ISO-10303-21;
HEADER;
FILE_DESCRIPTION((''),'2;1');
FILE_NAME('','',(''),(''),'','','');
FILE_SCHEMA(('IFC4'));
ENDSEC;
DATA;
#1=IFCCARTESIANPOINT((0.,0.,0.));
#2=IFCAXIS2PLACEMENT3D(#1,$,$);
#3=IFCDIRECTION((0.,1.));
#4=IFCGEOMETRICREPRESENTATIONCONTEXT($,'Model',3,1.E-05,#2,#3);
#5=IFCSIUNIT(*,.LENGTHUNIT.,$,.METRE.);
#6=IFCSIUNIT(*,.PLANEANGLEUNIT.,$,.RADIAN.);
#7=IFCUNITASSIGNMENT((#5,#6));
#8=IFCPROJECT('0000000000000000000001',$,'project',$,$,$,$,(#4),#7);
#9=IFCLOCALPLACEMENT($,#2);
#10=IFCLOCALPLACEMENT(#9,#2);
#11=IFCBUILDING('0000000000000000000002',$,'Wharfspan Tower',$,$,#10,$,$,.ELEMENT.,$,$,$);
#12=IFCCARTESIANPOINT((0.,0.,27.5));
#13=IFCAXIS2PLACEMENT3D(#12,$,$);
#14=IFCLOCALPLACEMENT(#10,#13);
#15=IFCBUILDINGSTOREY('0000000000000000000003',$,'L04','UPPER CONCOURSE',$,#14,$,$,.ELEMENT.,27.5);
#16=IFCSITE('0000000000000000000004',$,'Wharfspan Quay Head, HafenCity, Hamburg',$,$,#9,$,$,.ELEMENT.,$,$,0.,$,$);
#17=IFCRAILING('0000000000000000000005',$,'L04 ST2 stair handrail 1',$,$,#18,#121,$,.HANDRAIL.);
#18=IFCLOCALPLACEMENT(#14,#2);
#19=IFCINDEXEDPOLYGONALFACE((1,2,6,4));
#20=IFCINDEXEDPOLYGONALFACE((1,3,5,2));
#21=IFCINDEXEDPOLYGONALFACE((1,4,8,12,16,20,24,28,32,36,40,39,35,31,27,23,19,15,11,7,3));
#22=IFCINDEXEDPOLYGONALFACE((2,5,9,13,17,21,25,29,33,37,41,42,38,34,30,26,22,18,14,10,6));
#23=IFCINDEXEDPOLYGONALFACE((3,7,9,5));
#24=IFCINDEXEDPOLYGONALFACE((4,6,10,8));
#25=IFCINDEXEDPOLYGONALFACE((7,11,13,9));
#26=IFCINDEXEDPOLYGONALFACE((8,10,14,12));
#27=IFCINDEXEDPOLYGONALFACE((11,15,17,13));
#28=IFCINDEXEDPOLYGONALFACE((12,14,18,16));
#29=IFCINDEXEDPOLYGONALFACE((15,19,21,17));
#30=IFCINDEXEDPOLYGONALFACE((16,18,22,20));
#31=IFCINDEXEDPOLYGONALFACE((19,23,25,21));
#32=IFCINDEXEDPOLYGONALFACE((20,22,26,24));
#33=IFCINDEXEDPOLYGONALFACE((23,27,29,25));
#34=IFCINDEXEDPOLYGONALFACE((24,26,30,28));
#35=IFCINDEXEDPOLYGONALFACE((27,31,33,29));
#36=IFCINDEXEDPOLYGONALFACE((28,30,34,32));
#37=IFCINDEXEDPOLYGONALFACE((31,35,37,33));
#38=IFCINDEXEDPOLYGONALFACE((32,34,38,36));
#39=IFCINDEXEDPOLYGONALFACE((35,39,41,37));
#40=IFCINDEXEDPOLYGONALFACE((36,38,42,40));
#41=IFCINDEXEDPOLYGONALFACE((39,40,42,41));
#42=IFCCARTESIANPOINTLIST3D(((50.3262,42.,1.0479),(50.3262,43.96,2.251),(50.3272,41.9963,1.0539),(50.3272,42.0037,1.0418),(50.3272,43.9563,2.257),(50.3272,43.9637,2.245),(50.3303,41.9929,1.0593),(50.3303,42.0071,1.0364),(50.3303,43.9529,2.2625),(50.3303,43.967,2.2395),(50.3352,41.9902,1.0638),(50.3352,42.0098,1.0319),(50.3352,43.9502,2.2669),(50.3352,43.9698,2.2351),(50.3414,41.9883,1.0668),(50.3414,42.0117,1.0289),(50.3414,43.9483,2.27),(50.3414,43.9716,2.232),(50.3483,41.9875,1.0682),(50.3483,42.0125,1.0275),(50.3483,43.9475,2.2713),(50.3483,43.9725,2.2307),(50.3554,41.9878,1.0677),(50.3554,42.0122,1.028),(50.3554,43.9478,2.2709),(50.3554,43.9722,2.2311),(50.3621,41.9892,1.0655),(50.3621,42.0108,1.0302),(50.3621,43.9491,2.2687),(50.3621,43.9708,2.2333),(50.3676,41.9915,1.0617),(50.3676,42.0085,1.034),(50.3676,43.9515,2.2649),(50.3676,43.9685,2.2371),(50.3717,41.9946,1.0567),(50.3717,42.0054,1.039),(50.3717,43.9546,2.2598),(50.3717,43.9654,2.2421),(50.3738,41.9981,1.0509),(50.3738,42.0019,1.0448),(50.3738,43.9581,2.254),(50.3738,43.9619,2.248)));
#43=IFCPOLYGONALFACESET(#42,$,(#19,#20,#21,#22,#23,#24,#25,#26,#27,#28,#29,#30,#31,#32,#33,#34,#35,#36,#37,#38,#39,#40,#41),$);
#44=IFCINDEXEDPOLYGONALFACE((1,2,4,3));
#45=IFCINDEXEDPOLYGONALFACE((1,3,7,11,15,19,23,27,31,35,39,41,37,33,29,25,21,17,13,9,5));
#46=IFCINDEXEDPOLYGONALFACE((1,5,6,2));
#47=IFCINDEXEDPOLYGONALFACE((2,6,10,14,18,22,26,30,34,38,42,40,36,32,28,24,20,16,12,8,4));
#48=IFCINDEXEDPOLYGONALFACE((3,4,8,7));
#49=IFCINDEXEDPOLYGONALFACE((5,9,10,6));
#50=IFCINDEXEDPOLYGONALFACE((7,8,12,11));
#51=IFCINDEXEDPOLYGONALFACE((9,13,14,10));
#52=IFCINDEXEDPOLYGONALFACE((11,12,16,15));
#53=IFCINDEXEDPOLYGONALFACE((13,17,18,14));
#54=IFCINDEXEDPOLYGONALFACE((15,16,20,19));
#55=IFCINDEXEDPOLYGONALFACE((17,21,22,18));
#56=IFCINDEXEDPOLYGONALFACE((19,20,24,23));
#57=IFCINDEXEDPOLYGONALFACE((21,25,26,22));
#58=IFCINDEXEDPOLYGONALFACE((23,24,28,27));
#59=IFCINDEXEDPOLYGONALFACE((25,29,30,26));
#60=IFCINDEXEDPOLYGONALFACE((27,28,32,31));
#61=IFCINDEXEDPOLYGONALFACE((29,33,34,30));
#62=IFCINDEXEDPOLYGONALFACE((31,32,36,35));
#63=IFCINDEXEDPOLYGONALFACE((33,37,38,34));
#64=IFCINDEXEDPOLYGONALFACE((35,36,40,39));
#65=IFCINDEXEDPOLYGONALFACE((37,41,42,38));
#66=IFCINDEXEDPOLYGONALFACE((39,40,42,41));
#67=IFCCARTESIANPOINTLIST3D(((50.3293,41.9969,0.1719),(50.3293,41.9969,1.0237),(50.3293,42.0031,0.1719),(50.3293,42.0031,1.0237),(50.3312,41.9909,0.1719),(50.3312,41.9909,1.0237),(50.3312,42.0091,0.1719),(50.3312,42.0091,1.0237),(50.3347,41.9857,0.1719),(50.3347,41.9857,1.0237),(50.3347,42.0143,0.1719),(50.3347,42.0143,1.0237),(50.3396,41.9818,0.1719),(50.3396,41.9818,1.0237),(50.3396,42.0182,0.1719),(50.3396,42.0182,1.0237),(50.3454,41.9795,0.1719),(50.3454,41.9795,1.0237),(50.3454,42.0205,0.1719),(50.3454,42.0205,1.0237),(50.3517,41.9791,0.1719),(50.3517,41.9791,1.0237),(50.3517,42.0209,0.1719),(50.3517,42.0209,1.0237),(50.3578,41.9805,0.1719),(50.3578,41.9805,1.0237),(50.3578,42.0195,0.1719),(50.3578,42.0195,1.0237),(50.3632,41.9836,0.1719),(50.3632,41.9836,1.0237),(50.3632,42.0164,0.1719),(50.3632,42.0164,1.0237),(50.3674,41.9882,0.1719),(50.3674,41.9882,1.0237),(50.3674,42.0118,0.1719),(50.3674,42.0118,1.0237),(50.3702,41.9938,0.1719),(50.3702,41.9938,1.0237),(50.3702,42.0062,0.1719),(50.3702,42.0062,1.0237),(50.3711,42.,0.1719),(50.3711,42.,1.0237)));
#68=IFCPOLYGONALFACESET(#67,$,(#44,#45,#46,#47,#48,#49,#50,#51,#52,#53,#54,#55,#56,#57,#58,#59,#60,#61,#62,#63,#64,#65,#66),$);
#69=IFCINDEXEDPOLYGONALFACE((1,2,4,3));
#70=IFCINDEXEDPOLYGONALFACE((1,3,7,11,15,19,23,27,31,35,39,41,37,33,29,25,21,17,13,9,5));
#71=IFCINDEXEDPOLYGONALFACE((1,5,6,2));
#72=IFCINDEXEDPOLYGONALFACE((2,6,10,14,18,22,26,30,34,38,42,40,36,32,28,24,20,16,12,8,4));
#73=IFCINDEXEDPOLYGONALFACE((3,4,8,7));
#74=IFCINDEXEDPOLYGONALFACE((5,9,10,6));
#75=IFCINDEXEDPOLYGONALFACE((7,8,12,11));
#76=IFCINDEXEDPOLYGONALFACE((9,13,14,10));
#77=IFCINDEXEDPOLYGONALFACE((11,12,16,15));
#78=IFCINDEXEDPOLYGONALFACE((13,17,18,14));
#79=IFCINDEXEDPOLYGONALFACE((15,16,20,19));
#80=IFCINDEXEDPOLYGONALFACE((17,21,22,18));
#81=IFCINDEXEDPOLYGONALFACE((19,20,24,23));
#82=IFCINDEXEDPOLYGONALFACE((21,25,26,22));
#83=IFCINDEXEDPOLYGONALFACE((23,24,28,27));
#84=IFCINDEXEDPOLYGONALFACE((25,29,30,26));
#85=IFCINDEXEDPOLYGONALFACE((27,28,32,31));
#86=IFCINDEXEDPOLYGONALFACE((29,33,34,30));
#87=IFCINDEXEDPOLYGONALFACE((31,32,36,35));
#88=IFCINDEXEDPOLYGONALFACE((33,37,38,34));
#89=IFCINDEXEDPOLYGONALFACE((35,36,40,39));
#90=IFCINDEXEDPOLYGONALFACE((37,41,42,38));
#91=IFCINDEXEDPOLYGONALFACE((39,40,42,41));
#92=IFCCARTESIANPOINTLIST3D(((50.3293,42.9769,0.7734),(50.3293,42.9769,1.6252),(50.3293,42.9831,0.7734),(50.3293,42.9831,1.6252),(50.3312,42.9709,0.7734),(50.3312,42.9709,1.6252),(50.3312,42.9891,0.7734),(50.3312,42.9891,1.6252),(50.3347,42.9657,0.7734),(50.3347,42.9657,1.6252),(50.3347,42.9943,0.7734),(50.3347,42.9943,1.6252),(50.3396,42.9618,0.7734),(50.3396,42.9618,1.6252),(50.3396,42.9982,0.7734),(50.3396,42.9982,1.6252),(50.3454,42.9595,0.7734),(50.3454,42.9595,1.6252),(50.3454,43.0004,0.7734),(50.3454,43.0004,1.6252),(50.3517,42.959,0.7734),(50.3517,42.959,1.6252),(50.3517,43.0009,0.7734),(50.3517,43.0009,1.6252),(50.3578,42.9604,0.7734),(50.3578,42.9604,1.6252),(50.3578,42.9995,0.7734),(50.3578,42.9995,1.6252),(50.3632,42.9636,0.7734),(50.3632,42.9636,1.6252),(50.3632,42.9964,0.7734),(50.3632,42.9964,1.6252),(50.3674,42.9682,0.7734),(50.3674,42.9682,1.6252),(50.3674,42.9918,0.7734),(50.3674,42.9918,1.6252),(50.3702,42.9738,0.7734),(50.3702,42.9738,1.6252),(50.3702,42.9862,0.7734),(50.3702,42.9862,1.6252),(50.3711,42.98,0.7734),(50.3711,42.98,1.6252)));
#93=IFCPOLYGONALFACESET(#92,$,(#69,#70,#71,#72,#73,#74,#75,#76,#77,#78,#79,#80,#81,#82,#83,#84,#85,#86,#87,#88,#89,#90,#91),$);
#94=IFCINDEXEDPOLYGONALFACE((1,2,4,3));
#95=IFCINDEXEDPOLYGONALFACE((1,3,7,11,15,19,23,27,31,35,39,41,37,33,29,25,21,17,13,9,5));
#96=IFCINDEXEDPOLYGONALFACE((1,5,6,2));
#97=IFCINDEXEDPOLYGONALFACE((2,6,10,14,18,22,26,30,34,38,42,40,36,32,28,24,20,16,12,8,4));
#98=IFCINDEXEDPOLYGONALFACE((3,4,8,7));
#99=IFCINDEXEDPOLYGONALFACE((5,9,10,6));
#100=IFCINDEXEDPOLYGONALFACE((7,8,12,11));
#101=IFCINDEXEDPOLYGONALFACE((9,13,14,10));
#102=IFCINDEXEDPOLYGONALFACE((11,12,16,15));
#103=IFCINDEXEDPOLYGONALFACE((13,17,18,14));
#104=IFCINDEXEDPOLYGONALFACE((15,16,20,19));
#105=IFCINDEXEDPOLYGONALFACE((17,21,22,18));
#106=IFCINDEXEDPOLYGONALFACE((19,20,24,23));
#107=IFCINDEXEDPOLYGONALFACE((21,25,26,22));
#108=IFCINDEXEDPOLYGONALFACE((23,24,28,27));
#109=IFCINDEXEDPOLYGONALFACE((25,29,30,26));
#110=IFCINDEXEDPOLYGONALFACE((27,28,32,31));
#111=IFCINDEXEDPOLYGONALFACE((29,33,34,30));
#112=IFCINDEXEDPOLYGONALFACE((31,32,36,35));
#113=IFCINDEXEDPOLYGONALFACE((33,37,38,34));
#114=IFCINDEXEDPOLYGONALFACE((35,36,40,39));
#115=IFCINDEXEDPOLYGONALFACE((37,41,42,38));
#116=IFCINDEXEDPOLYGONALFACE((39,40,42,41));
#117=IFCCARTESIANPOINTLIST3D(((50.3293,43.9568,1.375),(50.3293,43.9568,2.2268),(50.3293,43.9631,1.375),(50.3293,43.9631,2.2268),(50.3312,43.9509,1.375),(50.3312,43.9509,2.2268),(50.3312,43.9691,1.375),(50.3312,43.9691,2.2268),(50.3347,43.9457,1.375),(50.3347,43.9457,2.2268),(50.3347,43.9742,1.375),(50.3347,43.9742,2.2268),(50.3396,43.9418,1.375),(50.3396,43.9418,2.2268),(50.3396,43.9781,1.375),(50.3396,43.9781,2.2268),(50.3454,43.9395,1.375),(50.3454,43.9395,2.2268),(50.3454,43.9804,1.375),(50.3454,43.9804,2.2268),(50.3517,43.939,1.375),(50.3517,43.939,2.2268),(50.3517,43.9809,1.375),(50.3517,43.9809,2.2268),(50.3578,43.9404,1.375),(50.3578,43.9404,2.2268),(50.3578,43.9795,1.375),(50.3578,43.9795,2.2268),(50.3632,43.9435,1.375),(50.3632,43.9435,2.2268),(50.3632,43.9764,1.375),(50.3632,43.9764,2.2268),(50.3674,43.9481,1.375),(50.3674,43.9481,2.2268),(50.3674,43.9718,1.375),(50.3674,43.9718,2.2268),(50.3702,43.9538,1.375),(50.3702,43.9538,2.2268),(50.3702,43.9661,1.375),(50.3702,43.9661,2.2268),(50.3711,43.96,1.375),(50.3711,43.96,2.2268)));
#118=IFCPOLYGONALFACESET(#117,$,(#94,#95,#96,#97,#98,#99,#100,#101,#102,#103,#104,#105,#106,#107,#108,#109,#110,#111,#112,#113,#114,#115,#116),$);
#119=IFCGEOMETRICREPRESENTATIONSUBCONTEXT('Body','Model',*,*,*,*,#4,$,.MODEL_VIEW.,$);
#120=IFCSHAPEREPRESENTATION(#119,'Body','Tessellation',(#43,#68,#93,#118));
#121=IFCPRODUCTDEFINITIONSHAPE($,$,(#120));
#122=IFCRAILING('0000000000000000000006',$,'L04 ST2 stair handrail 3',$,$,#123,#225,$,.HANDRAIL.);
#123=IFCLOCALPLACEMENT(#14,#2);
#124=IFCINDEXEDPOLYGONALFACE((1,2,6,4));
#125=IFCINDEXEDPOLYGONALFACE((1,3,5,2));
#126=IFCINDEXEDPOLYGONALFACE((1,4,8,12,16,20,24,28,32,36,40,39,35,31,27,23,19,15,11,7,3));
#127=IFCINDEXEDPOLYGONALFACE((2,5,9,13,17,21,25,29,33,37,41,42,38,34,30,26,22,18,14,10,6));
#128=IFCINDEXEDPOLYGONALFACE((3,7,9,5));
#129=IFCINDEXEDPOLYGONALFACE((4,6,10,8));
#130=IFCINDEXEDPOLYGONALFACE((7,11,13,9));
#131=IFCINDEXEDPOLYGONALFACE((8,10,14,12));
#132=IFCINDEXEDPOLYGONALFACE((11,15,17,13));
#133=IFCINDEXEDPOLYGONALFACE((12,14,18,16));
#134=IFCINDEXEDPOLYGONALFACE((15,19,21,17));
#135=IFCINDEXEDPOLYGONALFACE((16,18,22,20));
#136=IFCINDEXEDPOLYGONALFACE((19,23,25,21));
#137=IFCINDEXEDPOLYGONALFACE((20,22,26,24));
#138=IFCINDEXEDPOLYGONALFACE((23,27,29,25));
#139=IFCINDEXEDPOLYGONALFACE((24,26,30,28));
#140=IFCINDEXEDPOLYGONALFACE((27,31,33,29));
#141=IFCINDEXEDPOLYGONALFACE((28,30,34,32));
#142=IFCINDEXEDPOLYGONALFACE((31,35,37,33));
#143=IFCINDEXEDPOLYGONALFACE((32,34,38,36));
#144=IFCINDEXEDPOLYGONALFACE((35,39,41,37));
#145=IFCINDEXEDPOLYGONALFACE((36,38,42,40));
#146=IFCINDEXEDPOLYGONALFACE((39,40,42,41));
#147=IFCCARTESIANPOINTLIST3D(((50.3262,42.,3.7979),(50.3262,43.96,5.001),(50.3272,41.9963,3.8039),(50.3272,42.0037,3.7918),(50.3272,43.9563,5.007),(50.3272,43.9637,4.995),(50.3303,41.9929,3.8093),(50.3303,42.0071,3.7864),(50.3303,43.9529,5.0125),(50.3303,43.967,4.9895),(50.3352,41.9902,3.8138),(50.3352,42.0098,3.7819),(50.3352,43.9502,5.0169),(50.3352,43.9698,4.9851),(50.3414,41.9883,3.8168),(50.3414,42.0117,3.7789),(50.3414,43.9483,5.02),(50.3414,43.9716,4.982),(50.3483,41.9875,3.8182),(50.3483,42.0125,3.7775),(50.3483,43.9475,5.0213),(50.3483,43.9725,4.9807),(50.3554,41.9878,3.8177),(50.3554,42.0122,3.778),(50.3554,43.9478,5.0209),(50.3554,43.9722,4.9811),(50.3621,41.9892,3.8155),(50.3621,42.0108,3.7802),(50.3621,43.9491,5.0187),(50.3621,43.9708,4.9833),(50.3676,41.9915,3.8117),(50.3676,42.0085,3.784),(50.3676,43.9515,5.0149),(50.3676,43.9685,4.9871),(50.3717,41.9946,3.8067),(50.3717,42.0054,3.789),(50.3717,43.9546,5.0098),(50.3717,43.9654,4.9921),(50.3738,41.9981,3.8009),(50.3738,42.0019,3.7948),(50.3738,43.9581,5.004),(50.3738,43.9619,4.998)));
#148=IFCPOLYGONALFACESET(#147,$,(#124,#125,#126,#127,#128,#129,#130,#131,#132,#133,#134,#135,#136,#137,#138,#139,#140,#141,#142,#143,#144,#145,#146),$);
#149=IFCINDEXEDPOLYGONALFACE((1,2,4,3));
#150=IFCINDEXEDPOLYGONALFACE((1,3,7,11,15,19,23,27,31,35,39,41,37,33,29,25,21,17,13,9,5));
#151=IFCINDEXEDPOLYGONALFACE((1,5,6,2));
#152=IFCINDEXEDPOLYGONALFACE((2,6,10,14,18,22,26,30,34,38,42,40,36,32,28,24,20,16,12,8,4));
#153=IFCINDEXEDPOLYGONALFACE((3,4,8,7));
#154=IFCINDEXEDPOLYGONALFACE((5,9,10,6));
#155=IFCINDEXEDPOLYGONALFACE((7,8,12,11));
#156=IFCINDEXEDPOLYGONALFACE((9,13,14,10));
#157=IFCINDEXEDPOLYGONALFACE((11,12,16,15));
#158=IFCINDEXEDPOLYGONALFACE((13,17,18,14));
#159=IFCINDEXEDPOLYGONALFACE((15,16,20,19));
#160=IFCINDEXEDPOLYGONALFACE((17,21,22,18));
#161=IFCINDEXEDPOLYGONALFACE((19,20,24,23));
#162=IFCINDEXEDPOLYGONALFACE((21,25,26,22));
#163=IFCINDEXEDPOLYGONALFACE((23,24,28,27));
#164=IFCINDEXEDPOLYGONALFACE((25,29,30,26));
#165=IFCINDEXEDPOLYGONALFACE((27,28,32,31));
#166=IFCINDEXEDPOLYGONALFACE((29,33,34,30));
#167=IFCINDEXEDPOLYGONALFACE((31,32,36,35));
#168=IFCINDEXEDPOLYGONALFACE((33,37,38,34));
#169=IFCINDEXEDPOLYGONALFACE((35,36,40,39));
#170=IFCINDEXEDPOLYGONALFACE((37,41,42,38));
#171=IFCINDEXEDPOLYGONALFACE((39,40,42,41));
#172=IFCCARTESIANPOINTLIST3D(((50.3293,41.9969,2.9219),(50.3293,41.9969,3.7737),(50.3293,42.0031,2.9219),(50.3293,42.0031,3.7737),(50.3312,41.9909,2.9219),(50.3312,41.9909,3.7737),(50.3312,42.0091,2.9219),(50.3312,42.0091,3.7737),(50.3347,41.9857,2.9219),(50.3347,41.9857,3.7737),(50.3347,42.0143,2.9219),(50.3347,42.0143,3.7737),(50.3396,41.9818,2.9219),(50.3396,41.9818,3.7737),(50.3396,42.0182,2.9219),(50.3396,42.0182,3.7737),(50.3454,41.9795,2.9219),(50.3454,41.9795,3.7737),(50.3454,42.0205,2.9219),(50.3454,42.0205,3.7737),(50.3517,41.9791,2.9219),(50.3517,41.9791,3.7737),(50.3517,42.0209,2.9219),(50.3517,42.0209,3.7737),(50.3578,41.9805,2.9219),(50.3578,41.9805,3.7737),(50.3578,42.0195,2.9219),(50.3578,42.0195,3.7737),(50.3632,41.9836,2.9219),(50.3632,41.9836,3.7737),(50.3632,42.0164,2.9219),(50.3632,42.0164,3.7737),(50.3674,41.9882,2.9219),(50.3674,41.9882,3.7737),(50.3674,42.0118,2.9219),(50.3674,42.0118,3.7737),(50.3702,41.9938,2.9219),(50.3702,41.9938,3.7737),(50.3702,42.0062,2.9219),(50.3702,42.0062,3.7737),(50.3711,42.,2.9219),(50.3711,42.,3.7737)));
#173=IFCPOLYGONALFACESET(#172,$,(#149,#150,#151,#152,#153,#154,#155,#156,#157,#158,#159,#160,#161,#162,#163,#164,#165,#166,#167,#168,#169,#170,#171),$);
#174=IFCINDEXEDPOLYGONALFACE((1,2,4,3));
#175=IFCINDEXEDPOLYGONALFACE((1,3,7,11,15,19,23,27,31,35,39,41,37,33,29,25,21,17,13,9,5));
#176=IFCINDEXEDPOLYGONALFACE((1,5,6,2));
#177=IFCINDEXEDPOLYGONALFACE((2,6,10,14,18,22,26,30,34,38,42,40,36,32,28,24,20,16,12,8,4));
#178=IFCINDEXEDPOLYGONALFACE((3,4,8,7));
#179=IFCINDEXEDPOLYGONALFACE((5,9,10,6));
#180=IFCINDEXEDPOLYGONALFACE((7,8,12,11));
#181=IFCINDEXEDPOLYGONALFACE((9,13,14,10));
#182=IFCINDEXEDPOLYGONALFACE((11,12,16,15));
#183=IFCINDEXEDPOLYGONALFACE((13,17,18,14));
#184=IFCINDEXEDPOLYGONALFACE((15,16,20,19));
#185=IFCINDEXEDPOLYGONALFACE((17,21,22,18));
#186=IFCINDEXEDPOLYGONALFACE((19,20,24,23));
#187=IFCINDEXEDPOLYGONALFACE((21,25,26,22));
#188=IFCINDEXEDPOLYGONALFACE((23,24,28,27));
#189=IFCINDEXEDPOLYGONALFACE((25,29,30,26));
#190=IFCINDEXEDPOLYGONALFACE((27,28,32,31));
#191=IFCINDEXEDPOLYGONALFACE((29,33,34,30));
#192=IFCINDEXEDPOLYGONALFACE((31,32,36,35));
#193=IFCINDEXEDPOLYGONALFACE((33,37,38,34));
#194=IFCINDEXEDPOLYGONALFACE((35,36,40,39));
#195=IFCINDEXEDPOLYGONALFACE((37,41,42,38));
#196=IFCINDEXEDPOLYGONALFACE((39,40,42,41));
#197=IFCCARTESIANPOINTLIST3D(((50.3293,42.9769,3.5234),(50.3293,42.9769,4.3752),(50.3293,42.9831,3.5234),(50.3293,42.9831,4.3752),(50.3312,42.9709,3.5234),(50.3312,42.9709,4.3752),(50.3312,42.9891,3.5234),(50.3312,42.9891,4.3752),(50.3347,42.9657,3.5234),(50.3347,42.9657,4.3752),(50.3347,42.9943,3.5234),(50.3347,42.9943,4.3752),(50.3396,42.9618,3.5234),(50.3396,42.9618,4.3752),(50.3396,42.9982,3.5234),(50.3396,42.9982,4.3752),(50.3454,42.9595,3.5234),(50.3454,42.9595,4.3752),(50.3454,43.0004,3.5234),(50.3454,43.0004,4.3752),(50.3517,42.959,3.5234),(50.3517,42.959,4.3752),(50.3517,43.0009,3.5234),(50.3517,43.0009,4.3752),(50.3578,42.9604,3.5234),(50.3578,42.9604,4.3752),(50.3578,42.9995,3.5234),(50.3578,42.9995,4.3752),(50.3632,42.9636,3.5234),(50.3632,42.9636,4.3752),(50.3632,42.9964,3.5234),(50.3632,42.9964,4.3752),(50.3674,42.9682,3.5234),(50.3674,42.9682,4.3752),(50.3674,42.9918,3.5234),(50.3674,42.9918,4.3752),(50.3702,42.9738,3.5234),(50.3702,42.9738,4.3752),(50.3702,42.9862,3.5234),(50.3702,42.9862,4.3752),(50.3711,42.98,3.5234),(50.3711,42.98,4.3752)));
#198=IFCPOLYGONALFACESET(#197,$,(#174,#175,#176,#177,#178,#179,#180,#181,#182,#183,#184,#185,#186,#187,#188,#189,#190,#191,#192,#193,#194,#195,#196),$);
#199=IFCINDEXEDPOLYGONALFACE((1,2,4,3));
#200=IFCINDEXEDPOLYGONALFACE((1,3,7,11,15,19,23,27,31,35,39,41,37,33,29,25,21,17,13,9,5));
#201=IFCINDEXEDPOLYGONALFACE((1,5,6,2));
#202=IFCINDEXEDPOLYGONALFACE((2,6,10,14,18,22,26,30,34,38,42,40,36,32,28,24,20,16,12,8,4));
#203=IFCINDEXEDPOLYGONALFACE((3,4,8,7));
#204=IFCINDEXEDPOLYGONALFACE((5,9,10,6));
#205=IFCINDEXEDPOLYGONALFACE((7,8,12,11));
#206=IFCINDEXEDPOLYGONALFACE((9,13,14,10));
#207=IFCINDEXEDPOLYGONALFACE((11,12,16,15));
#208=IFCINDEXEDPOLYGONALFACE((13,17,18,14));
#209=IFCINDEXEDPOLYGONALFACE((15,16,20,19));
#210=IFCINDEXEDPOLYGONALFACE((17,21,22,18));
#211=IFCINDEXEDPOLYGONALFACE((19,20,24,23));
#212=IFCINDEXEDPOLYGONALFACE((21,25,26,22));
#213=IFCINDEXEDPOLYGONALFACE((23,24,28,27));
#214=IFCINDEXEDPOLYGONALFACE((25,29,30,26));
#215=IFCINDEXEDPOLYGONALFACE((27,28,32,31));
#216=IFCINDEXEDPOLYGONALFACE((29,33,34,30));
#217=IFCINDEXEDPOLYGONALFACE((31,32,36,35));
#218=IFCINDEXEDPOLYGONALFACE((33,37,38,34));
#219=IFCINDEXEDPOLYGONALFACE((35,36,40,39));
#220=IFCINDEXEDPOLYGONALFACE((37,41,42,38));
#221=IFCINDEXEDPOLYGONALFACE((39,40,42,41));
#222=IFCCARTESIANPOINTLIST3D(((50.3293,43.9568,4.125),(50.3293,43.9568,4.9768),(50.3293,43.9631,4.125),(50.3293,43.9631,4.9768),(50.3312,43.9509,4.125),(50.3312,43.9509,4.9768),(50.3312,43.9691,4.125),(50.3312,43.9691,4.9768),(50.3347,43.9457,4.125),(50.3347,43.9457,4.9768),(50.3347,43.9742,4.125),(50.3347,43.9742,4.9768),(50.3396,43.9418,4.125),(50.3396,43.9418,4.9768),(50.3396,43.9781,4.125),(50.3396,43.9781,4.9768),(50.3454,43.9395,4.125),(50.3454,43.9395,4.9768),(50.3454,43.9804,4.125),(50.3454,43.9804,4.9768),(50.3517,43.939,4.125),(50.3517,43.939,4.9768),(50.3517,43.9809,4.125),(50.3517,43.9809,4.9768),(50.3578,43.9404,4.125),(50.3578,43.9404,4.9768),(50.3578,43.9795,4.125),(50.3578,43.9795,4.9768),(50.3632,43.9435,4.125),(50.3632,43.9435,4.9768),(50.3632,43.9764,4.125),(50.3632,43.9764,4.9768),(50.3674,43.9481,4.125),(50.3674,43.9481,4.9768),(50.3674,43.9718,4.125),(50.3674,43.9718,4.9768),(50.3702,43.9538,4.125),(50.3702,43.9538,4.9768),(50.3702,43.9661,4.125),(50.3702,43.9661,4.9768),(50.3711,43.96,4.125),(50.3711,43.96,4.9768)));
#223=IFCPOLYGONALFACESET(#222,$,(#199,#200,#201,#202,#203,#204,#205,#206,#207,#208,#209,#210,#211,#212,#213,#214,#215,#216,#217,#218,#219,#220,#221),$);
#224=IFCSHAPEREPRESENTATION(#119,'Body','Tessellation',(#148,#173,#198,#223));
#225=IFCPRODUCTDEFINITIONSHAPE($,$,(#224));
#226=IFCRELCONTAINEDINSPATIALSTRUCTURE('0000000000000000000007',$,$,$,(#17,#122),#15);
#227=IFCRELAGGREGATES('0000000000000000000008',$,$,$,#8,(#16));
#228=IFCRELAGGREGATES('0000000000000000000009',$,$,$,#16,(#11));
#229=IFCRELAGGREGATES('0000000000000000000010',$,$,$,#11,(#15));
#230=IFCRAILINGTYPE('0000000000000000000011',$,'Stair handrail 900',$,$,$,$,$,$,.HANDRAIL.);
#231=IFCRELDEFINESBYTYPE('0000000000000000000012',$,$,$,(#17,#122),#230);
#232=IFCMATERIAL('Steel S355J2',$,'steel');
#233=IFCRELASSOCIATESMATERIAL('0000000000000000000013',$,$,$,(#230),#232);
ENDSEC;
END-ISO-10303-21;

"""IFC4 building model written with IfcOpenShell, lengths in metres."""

from ifc_helpers import new_model, si_unit, direction, frame, origin, origin_2d, place, context, subcontext, project, spatial, circle, extrude, material, type_object, element, save


model = new_model("IFC4")

# Units and contexts
model_context = context("Model", 3, precision=1e-05, world=origin(), true_north=direction((0.0, 1.0)))
body_context = subcontext(model_context, "Body", "Model", "MODEL_VIEW")
ifc_project = project(units=[si_unit("LENGTHUNIT", "METRE"), si_unit("PLANEANGLEUNIT", "RADIAN")], contexts=[model_context])

# Site, building, storey
site_placement = place(None, origin())
site = spatial("IfcSite", under=ifc_project, at=site_placement, Name="Wharfspan Quay Head, HafenCity, Hamburg", CompositionType="ELEMENT", RefElevation=0.0)
building_placement = place(site_placement, origin())
building = spatial("IfcBuilding", under=site, at=building_placement, Name="Wharfspan Tower", CompositionType="ELEMENT")
storey_placement = place(building_placement, frame((0.0, 0.0, 27.5)))
storey = spatial("IfcBuildingStorey", under=building, at=storey_placement, Name="L04", Description="UPPER CONCOURSE", CompositionType="ELEMENT", Elevation=27.5)

# Railings
ifc_material_1 = material(Name="Steel S355J2", Category="steel")
railing_type_1 = type_object("IfcRailingType", Name="Stair handrail 900", PredefinedType="HANDRAIL", material=ifc_material_1)
for number, where, name in (
    (1, (50.3501, 42.0, 0.1719), "L04 ST2 stair handrail 1"),
    (2, (50.3501, 42.0, 2.9219), "L04 ST2 stair handrail 3"),
):
    element("IfcRailing", number, at=place(storey_placement, frame(where)), inside=storey, type_object=railing_type_1, Name=name, PredefinedType="HANDRAIL", context=body_context, shape_type="SweptSolid", body=[
        extrude(circle(Radius=0.0239, at=origin_2d()), frame((0.0, 0.0, 0.876), z_axis=(0.0, 0.852241, 0.523149), x_axis=(-1.0, 0.0, 0.0)), (0.0, 0.0, 1.0), 2.2998),
        extrude(circle(Radius=0.021, at=origin_2d()), origin(), (0.0, 0.0, 1.0), 0.8518),
        extrude(circle(Radius=0.021, at=origin_2d()), frame((0.0, 0.98, 0.6016)), (0.0, 0.0, 1.0), 0.8518),
        extrude(circle(Radius=0.021, at=origin_2d()), frame((0.0, 1.96, 1.2031)), (0.0, 0.0, 1.0), 0.8518),
    ])

save(model, "model.ifc")
